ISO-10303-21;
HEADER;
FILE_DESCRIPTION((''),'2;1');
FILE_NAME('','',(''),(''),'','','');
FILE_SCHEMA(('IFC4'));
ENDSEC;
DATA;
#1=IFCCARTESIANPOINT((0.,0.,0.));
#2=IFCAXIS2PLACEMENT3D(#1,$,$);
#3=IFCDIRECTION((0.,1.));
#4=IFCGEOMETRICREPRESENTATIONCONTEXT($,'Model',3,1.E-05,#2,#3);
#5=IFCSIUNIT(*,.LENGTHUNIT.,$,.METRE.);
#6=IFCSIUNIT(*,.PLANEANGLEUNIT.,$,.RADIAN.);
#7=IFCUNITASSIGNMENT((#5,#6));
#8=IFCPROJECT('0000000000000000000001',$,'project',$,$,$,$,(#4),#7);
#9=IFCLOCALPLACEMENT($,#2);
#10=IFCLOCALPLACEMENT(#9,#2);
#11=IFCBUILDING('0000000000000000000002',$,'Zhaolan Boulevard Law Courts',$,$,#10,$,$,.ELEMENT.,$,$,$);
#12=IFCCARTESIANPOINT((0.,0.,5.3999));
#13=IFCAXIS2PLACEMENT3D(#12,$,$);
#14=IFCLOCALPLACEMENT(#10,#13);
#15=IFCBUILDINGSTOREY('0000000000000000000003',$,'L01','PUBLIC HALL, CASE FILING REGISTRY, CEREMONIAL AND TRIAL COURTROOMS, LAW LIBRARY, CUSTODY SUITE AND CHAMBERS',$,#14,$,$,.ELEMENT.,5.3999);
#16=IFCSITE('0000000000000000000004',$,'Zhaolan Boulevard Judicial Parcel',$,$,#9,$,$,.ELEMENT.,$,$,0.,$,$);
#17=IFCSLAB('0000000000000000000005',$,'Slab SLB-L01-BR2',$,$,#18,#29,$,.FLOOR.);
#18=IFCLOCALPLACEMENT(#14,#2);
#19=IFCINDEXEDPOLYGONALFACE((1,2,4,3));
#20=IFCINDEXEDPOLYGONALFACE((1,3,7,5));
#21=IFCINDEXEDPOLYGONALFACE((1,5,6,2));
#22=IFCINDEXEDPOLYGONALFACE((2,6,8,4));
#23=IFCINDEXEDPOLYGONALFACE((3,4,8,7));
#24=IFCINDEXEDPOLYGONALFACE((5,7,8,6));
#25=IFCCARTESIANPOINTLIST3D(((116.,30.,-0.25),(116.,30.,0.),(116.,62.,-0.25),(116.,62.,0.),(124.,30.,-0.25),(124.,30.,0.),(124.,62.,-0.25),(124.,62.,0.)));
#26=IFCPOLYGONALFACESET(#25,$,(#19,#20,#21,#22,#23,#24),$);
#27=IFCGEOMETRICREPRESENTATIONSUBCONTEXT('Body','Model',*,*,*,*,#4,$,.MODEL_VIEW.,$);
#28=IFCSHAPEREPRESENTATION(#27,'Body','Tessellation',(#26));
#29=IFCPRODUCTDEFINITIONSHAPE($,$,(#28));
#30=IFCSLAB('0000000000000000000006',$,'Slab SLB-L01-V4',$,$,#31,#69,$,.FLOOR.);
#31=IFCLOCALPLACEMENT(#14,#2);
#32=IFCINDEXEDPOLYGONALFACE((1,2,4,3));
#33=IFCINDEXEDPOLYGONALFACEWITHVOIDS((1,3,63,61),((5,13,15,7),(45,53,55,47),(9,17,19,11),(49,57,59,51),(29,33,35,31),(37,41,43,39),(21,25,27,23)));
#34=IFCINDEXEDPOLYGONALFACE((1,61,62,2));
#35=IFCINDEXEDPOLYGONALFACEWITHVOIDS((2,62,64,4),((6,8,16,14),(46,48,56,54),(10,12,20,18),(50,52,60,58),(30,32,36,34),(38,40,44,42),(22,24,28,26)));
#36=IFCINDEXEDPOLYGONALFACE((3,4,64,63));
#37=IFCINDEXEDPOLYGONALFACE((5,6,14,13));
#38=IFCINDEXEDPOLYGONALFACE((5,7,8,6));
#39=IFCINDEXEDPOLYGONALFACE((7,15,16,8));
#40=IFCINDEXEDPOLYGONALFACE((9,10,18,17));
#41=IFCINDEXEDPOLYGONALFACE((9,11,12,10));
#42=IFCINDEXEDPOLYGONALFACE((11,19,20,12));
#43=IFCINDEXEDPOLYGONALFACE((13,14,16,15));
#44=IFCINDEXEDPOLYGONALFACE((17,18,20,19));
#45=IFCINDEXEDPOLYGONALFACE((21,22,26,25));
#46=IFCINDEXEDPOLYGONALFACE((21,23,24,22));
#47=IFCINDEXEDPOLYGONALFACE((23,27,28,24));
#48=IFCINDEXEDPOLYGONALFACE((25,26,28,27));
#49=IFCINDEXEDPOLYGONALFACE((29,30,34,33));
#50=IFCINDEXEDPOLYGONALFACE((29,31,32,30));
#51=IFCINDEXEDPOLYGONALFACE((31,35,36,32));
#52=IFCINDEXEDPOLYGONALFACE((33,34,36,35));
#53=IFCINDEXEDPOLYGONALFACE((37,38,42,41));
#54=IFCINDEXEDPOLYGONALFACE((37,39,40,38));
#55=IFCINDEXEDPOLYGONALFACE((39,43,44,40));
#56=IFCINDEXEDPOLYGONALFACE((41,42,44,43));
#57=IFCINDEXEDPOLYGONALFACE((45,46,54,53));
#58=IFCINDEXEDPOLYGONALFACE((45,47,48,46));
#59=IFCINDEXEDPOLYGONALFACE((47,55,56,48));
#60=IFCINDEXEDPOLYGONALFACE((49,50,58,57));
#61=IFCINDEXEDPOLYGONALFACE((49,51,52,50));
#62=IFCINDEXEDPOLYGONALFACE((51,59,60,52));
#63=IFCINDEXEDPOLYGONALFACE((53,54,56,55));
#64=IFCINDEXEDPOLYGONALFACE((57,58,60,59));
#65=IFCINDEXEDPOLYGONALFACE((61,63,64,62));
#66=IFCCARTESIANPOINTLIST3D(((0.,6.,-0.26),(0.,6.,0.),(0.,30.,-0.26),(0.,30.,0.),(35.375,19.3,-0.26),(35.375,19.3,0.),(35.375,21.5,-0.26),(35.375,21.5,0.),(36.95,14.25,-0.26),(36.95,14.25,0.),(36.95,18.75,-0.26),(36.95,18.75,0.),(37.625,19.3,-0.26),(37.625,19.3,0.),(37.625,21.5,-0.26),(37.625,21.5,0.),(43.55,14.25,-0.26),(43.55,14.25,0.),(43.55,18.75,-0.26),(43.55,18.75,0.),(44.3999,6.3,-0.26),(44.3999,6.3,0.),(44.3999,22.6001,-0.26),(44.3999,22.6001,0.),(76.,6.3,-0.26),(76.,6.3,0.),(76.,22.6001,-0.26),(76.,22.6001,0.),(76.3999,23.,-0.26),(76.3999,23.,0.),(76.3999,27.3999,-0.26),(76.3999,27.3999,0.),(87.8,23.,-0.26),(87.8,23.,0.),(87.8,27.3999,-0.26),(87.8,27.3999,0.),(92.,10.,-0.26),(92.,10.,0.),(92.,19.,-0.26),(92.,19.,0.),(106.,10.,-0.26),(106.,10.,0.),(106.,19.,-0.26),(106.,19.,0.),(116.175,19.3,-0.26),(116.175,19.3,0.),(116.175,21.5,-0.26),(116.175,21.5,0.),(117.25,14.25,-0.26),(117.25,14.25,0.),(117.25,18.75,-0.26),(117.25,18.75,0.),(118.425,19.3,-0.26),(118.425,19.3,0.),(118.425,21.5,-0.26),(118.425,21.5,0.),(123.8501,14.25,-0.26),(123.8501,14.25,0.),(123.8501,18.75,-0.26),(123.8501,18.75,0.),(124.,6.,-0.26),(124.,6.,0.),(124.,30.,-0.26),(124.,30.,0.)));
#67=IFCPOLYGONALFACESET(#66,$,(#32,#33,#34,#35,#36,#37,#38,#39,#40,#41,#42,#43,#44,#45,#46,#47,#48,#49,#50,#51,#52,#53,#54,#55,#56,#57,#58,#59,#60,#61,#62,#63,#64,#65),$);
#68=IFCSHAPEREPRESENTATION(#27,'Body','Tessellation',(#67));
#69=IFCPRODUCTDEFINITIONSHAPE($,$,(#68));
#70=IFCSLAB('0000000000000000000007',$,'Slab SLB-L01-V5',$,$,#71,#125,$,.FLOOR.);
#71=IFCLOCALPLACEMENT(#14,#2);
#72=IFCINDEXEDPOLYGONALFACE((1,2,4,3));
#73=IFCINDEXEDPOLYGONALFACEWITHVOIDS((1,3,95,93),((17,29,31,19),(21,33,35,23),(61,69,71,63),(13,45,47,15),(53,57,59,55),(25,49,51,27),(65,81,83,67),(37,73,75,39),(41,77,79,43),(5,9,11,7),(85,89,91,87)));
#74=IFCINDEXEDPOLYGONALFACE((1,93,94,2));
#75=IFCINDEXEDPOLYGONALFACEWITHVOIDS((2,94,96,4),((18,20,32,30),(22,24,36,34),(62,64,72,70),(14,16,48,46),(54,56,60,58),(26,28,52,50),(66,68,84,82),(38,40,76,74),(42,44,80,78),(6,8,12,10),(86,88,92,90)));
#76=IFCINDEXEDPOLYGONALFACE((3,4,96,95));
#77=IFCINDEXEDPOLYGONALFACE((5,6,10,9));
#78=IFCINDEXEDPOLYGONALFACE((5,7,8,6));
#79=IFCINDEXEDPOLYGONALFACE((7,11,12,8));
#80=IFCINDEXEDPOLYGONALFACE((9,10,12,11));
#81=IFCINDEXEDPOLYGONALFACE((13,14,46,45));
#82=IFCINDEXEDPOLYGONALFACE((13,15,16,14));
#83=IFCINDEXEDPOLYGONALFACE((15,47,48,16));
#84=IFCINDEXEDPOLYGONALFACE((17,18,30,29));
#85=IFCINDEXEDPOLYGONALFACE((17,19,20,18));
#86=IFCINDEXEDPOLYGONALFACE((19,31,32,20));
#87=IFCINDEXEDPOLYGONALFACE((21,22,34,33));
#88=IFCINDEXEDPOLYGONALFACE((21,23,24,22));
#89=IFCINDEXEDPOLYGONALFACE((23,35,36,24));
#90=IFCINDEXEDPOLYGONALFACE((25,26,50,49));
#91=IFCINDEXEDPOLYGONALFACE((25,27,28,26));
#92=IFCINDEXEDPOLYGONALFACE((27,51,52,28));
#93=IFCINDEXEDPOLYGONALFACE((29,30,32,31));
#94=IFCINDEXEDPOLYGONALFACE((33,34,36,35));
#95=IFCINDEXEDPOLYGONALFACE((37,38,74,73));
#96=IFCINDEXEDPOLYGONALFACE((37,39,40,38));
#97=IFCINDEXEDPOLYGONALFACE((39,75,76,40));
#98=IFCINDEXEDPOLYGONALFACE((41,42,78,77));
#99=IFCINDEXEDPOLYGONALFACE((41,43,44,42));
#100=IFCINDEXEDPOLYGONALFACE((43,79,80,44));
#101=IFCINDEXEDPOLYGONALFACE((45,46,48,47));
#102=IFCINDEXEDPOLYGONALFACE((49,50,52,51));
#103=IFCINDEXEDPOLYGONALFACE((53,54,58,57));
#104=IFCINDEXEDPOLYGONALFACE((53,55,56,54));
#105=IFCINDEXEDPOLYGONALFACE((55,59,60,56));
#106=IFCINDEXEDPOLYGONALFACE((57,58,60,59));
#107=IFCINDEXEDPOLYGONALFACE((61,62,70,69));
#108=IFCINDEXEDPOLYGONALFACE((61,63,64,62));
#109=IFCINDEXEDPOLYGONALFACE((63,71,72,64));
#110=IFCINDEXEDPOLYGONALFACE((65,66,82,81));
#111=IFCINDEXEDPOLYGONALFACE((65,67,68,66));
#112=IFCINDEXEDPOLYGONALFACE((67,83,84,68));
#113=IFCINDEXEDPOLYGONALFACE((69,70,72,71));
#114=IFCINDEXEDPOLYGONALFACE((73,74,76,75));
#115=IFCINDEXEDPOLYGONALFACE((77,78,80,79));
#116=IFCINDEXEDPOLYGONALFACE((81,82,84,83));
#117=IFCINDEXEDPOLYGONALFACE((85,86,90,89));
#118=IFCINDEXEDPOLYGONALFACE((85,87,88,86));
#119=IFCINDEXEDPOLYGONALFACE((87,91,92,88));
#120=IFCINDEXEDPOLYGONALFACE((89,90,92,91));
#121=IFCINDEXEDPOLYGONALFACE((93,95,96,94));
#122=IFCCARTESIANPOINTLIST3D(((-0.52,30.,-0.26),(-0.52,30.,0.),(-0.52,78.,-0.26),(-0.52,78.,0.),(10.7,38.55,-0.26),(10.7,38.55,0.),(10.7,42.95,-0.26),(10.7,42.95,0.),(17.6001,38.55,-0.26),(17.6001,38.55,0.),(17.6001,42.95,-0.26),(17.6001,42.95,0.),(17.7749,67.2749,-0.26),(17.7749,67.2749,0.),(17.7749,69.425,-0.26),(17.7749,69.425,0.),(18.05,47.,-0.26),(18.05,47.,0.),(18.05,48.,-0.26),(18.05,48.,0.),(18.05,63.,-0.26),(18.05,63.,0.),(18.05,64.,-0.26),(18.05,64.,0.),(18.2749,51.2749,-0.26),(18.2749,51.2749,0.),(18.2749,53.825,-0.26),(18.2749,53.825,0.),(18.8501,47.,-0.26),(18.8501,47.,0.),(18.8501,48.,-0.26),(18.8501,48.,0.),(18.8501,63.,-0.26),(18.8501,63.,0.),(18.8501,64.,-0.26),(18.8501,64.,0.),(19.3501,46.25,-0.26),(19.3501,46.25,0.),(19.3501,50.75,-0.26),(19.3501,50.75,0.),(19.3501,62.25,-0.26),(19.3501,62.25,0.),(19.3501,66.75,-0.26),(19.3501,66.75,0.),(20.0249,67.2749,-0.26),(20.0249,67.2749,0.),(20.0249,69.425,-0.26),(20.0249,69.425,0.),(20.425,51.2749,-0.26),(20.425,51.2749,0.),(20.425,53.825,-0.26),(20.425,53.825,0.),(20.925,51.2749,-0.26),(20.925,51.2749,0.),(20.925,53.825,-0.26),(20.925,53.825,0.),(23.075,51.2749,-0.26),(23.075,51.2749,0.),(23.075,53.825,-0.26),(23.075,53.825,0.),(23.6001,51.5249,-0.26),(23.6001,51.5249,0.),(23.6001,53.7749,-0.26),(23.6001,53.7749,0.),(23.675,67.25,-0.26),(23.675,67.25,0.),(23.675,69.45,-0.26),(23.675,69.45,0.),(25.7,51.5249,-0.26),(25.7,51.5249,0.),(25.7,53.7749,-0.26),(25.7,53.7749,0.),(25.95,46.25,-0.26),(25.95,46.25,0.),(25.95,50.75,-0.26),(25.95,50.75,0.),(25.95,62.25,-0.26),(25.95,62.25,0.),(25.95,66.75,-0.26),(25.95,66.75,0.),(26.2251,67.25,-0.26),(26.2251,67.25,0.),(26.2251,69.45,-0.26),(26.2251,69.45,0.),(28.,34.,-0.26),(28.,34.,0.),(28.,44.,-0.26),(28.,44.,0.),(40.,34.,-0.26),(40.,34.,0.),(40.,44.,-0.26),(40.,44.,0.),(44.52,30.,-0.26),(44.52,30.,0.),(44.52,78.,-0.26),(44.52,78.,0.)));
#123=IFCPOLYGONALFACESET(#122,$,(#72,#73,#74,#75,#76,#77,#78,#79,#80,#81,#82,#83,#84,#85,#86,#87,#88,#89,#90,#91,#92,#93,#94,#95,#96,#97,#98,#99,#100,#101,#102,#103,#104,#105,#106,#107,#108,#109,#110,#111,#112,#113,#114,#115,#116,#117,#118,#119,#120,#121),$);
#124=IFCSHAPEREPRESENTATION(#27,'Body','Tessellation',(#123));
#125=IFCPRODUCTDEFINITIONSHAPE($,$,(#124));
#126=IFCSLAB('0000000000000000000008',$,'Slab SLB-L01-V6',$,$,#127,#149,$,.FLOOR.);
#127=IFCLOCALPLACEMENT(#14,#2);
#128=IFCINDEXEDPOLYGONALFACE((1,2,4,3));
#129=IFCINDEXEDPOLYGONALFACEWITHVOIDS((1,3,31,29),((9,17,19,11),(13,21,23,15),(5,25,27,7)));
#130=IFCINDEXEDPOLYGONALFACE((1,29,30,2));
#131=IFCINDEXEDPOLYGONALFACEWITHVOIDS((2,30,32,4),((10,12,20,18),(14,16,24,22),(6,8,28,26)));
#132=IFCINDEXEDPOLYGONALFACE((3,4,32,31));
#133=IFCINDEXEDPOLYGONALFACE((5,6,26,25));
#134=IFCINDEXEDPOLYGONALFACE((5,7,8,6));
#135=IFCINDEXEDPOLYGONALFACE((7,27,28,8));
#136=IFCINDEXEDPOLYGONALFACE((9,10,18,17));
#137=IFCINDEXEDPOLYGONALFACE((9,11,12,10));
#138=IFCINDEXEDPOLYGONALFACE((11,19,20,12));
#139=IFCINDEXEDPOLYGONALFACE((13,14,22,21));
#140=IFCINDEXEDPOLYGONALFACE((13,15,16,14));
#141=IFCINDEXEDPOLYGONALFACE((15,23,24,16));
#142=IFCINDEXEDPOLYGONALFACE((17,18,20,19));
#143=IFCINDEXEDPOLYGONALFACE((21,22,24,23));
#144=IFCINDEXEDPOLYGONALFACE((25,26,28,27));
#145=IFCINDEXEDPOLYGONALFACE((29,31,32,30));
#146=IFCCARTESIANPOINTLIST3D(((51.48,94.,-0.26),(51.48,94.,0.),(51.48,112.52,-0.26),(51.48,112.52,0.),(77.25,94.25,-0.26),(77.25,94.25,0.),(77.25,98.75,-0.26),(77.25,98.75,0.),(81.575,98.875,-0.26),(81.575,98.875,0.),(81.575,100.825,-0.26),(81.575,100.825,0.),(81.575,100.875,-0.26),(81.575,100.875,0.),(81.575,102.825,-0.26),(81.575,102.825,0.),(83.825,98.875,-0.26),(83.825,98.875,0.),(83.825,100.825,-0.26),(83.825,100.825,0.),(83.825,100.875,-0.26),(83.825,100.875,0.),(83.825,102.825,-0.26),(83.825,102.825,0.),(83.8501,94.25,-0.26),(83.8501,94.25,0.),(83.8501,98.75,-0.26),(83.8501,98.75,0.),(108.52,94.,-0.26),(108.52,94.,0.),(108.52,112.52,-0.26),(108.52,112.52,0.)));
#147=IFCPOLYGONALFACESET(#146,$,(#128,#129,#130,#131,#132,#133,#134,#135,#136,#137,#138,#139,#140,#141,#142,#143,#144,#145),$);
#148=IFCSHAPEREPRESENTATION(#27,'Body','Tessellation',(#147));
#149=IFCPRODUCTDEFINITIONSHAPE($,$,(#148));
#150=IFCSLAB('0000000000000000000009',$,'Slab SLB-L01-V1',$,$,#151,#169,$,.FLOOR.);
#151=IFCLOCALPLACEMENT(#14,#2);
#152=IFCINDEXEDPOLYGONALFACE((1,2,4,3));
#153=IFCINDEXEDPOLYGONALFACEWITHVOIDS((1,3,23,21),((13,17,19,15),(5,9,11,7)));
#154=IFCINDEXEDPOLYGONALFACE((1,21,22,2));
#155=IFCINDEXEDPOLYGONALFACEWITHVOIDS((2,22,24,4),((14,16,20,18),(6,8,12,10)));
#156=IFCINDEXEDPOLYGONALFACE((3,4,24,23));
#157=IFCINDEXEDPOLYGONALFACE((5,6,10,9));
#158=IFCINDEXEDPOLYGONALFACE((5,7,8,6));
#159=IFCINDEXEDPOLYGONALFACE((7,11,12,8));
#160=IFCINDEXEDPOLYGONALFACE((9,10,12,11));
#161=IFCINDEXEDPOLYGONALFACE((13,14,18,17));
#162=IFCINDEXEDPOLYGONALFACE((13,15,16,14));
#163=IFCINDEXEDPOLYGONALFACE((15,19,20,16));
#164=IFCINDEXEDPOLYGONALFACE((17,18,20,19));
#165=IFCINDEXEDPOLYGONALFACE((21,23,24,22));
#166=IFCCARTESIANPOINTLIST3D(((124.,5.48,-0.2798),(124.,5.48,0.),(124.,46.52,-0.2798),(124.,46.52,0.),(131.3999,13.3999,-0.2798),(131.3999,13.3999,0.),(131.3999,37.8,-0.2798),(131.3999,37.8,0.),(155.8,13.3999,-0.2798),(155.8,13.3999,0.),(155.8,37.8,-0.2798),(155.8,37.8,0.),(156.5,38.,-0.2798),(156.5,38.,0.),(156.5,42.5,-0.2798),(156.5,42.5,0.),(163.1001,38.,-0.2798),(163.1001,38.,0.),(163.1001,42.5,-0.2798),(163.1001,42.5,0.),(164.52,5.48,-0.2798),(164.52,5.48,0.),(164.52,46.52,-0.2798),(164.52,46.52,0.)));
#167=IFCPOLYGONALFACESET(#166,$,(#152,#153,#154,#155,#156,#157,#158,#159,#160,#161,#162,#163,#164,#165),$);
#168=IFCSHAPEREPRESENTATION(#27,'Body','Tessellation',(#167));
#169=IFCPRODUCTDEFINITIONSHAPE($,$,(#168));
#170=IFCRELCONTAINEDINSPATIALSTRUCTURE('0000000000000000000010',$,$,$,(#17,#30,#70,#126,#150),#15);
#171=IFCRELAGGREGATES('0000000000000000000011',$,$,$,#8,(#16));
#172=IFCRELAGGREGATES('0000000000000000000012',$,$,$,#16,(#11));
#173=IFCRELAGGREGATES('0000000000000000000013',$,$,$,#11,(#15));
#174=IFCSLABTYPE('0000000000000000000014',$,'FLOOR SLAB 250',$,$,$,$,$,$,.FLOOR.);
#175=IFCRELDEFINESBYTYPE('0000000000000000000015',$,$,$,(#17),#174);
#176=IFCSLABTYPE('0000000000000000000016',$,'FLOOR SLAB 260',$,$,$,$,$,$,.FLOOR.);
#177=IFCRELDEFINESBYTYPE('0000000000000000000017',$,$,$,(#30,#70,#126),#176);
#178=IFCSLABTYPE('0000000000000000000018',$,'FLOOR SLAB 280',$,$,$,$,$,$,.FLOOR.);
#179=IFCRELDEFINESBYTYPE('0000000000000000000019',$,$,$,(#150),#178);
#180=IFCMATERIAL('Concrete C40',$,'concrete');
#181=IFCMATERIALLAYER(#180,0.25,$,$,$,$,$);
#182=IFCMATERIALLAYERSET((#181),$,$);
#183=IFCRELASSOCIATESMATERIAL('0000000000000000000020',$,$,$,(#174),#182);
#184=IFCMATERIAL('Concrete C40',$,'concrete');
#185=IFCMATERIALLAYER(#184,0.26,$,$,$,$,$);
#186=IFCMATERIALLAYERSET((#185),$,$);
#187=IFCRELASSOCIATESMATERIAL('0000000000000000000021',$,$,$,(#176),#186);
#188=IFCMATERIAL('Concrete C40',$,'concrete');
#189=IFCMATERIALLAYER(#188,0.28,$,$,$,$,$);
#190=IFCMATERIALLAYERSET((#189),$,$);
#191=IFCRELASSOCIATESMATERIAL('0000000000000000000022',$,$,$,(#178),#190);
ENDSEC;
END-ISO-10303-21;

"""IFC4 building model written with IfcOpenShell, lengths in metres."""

from ifc_helpers import new_model, si_unit, direction, frame, origin, place, context, subcontext, project, spatial, polyline, outline, extrude, material, layer, layer_set, type_object, element, save


model = new_model("IFC4")

# Units and contexts
model_context = context("Model", 3, precision=1e-05, world=origin(), true_north=direction((0.0, 1.0)))
body_context = subcontext(model_context, "Body", "Model", "MODEL_VIEW")
ifc_project = project(units=[si_unit("LENGTHUNIT", "METRE"), si_unit("PLANEANGLEUNIT", "RADIAN")], contexts=[model_context])

# Site, building, storey
site_placement = place(None, origin())
site = spatial("IfcSite", under=ifc_project, at=site_placement, Name="Zhaolan Boulevard Judicial Parcel", CompositionType="ELEMENT", RefElevation=0.0)
building_placement = place(site_placement, origin())
building = spatial("IfcBuilding", under=site, at=building_placement, Name="Zhaolan Boulevard Law Courts", CompositionType="ELEMENT")
storey_placement = place(building_placement, frame((0.0, 0.0, 5.3999)))
storey = spatial("IfcBuildingStorey", under=building, at=storey_placement, Name="L01", Description="PUBLIC HALL, CASE FILING REGISTRY, CEREMONIAL AND TRIAL COURTROOMS, LAW LIBRARY, CUSTODY SUITE AND CHAMBERS", CompositionType="ELEMENT", Elevation=5.3999)

# Slabs
ifc_material_1 = material(Name="Concrete C40", Category="concrete")
ifc_layer_1 = layer(ifc_material_1, 0.25)
ifc_layer_set_1 = layer_set([ifc_layer_1])
slab_type_1 = type_object("IfcSlabType", Name="FLOOR SLAB 250", PredefinedType="FLOOR", material=ifc_layer_set_1)
slab_1_placement = place(storey_placement, frame((0.0, 0.0, -0.25)))
element("IfcSlab", 1, at=slab_1_placement, inside=storey, type_object=slab_type_1, Name="Slab SLB-L01-BR2", PredefinedType="FLOOR", context=body_context, shape_type="SweptSolid", body=[
    extrude(outline(polyline([(116.0, 30.0), (124.0, 30.0), (124.0, 62.0), (116.0, 62.0), (116.0, 30.0)])), origin(), (0.0, 0.0, 1.0), 0.25),
])
ifc_material_2 = material(Name="Concrete C40", Category="concrete")
ifc_layer_2 = layer(ifc_material_2, 0.26)
ifc_layer_set_2 = layer_set([ifc_layer_2])
slab_type_2 = type_object("IfcSlabType", Name="FLOOR SLAB 260", PredefinedType="FLOOR", material=ifc_layer_set_2)
slab_2_placement = place(storey_placement, frame((0.0, 0.0, -0.26)))
element("IfcSlab", 2, at=slab_2_placement, inside=storey, type_object=slab_type_2, Name="Slab SLB-L01-V4", PredefinedType="FLOOR", context=body_context, shape_type="SweptSolid", body=[
    extrude(outline(polyline([(0.0, 6.0), (124.0, 6.0), (124.0, 30.0), (0.0, 30.0), (0.0, 6.0)]), holes=[polyline([(35.375, 19.3), (37.625, 19.3), (37.625, 21.5), (35.375, 21.5), (35.375, 19.3)]), polyline([(116.175, 19.3), (118.425, 19.3), (118.425, 21.5), (116.175, 21.5), (116.175, 19.3)]), polyline([(36.95, 14.25), (43.55, 14.25), (43.55, 18.75), (36.95, 18.75), (36.95, 14.25)]), polyline([(117.25, 14.25), (123.8501, 14.25), (123.8501, 18.75), (117.25, 18.75), (117.25, 14.25)]), polyline([(76.3999, 23.0), (87.8, 23.0), (87.8, 27.3999), (76.3999, 27.3999), (76.3999, 23.0)]), polyline([(44.3999, 6.3), (76.0, 6.3), (76.0, 22.6001), (44.3999, 22.6001), (44.3999, 6.3)]), polyline([(92.0, 10.0), (106.0, 10.0), (106.0, 19.0), (92.0, 19.0), (92.0, 10.0)])]), origin(), (0.0, 0.0, 1.0), 0.26),
])
slab_3_placement = place(storey_placement, frame((0.0, 0.0, -0.26)))
element("IfcSlab", 3, at=slab_3_placement, inside=storey, type_object=slab_type_2, Name="Slab SLB-L01-V5", PredefinedType="FLOOR", context=body_context, shape_type="SweptSolid", body=[
    extrude(outline(polyline([(-0.52, 30.0), (44.52, 30.0), (44.52, 78.0), (-0.52, 78.0), (-0.52, 30.0)]), holes=[polyline([(18.2749, 51.2749), (20.425, 51.2749), (20.425, 53.825), (18.2749, 53.825), (18.2749, 51.2749)]), polyline([(20.925, 51.2749), (23.075, 51.2749), (23.075, 53.825), (20.925, 53.825), (20.925, 51.2749)]), polyline([(23.675, 67.25), (26.2251, 67.25), (26.2251, 69.45), (23.675, 69.45), (23.675, 67.25)]), polyline([(23.6001, 51.5249), (25.7, 51.5249), (25.7, 53.7749), (23.6001, 53.7749), (23.6001, 51.5249)]), polyline([(17.7749, 67.2749), (20.0249, 67.2749), (20.0249, 69.425), (17.7749, 69.425), (17.7749, 67.2749)]), polyline([(19.3501, 46.25), (25.95, 46.25), (25.95, 50.75), (19.3501, 50.75), (19.3501, 46.25)]), polyline([(19.3501, 62.25), (25.95, 62.25), (25.95, 66.75), (19.3501, 66.75), (19.3501, 62.25)]), polyline([(10.7, 38.55), (17.6001, 38.55), (17.6001, 42.95), (10.7, 42.95), (10.7, 38.55)]), polyline([(18.05, 47.0), (18.8501, 47.0), (18.8501, 48.0), (18.05, 48.0), (18.05, 47.0)]), polyline([(18.05, 63.0), (18.8501, 63.0), (18.8501, 64.0), (18.05, 64.0), (18.05, 63.0)]), polyline([(28.0, 34.0), (40.0, 34.0), (40.0, 44.0), (28.0, 44.0), (28.0, 34.0)])]), origin(), (0.0, 0.0, 1.0), 0.26),
])
slab_4_placement = place(storey_placement, frame((0.0, 0.0, -0.26)))
element("IfcSlab", 4, at=slab_4_placement, inside=storey, type_object=slab_type_2, Name="Slab SLB-L01-V6", PredefinedType="FLOOR", context=body_context, shape_type="SweptSolid", body=[
    extrude(outline(polyline([(51.48, 94.0), (108.52, 94.0), (108.52, 112.52), (51.48, 112.52), (51.48, 94.0)]), holes=[polyline([(81.575, 98.875), (83.825, 98.875), (83.825, 100.825), (81.575, 100.825), (81.575, 98.875)]), polyline([(81.575, 100.875), (83.825, 100.875), (83.825, 102.825), (81.575, 102.825), (81.575, 100.875)]), polyline([(77.25, 94.25), (83.8501, 94.25), (83.8501, 98.75), (77.25, 98.75), (77.25, 94.25)])]), origin(), (0.0, 0.0, 1.0), 0.26),
])
ifc_material_3 = material(Name="Concrete C40", Category="concrete")
ifc_layer_3 = layer(ifc_material_3, 0.28)
ifc_layer_set_3 = layer_set([ifc_layer_3])
slab_type_3 = type_object("IfcSlabType", Name="FLOOR SLAB 280", PredefinedType="FLOOR", material=ifc_layer_set_3)
slab_5_placement = place(storey_placement, frame((0.0, 0.0, -0.2798)))
element("IfcSlab", 5, at=slab_5_placement, inside=storey, type_object=slab_type_3, Name="Slab SLB-L01-V1", PredefinedType="FLOOR", context=body_context, shape_type="SweptSolid", body=[
    extrude(outline(polyline([(124.0, 5.48), (164.52, 5.48), (164.52, 46.52), (124.0, 46.52), (124.0, 5.48)]), holes=[polyline([(156.5, 38.0), (163.1001, 38.0), (163.1001, 42.5), (156.5, 42.5), (156.5, 38.0)]), polyline([(131.3999, 13.3999), (155.8, 13.3999), (155.8, 37.8), (131.3999, 37.8), (131.3999, 13.3999)])]), origin(), (0.0, 0.0, 1.0), 0.2798),
])

save(model, "model.ifc")
